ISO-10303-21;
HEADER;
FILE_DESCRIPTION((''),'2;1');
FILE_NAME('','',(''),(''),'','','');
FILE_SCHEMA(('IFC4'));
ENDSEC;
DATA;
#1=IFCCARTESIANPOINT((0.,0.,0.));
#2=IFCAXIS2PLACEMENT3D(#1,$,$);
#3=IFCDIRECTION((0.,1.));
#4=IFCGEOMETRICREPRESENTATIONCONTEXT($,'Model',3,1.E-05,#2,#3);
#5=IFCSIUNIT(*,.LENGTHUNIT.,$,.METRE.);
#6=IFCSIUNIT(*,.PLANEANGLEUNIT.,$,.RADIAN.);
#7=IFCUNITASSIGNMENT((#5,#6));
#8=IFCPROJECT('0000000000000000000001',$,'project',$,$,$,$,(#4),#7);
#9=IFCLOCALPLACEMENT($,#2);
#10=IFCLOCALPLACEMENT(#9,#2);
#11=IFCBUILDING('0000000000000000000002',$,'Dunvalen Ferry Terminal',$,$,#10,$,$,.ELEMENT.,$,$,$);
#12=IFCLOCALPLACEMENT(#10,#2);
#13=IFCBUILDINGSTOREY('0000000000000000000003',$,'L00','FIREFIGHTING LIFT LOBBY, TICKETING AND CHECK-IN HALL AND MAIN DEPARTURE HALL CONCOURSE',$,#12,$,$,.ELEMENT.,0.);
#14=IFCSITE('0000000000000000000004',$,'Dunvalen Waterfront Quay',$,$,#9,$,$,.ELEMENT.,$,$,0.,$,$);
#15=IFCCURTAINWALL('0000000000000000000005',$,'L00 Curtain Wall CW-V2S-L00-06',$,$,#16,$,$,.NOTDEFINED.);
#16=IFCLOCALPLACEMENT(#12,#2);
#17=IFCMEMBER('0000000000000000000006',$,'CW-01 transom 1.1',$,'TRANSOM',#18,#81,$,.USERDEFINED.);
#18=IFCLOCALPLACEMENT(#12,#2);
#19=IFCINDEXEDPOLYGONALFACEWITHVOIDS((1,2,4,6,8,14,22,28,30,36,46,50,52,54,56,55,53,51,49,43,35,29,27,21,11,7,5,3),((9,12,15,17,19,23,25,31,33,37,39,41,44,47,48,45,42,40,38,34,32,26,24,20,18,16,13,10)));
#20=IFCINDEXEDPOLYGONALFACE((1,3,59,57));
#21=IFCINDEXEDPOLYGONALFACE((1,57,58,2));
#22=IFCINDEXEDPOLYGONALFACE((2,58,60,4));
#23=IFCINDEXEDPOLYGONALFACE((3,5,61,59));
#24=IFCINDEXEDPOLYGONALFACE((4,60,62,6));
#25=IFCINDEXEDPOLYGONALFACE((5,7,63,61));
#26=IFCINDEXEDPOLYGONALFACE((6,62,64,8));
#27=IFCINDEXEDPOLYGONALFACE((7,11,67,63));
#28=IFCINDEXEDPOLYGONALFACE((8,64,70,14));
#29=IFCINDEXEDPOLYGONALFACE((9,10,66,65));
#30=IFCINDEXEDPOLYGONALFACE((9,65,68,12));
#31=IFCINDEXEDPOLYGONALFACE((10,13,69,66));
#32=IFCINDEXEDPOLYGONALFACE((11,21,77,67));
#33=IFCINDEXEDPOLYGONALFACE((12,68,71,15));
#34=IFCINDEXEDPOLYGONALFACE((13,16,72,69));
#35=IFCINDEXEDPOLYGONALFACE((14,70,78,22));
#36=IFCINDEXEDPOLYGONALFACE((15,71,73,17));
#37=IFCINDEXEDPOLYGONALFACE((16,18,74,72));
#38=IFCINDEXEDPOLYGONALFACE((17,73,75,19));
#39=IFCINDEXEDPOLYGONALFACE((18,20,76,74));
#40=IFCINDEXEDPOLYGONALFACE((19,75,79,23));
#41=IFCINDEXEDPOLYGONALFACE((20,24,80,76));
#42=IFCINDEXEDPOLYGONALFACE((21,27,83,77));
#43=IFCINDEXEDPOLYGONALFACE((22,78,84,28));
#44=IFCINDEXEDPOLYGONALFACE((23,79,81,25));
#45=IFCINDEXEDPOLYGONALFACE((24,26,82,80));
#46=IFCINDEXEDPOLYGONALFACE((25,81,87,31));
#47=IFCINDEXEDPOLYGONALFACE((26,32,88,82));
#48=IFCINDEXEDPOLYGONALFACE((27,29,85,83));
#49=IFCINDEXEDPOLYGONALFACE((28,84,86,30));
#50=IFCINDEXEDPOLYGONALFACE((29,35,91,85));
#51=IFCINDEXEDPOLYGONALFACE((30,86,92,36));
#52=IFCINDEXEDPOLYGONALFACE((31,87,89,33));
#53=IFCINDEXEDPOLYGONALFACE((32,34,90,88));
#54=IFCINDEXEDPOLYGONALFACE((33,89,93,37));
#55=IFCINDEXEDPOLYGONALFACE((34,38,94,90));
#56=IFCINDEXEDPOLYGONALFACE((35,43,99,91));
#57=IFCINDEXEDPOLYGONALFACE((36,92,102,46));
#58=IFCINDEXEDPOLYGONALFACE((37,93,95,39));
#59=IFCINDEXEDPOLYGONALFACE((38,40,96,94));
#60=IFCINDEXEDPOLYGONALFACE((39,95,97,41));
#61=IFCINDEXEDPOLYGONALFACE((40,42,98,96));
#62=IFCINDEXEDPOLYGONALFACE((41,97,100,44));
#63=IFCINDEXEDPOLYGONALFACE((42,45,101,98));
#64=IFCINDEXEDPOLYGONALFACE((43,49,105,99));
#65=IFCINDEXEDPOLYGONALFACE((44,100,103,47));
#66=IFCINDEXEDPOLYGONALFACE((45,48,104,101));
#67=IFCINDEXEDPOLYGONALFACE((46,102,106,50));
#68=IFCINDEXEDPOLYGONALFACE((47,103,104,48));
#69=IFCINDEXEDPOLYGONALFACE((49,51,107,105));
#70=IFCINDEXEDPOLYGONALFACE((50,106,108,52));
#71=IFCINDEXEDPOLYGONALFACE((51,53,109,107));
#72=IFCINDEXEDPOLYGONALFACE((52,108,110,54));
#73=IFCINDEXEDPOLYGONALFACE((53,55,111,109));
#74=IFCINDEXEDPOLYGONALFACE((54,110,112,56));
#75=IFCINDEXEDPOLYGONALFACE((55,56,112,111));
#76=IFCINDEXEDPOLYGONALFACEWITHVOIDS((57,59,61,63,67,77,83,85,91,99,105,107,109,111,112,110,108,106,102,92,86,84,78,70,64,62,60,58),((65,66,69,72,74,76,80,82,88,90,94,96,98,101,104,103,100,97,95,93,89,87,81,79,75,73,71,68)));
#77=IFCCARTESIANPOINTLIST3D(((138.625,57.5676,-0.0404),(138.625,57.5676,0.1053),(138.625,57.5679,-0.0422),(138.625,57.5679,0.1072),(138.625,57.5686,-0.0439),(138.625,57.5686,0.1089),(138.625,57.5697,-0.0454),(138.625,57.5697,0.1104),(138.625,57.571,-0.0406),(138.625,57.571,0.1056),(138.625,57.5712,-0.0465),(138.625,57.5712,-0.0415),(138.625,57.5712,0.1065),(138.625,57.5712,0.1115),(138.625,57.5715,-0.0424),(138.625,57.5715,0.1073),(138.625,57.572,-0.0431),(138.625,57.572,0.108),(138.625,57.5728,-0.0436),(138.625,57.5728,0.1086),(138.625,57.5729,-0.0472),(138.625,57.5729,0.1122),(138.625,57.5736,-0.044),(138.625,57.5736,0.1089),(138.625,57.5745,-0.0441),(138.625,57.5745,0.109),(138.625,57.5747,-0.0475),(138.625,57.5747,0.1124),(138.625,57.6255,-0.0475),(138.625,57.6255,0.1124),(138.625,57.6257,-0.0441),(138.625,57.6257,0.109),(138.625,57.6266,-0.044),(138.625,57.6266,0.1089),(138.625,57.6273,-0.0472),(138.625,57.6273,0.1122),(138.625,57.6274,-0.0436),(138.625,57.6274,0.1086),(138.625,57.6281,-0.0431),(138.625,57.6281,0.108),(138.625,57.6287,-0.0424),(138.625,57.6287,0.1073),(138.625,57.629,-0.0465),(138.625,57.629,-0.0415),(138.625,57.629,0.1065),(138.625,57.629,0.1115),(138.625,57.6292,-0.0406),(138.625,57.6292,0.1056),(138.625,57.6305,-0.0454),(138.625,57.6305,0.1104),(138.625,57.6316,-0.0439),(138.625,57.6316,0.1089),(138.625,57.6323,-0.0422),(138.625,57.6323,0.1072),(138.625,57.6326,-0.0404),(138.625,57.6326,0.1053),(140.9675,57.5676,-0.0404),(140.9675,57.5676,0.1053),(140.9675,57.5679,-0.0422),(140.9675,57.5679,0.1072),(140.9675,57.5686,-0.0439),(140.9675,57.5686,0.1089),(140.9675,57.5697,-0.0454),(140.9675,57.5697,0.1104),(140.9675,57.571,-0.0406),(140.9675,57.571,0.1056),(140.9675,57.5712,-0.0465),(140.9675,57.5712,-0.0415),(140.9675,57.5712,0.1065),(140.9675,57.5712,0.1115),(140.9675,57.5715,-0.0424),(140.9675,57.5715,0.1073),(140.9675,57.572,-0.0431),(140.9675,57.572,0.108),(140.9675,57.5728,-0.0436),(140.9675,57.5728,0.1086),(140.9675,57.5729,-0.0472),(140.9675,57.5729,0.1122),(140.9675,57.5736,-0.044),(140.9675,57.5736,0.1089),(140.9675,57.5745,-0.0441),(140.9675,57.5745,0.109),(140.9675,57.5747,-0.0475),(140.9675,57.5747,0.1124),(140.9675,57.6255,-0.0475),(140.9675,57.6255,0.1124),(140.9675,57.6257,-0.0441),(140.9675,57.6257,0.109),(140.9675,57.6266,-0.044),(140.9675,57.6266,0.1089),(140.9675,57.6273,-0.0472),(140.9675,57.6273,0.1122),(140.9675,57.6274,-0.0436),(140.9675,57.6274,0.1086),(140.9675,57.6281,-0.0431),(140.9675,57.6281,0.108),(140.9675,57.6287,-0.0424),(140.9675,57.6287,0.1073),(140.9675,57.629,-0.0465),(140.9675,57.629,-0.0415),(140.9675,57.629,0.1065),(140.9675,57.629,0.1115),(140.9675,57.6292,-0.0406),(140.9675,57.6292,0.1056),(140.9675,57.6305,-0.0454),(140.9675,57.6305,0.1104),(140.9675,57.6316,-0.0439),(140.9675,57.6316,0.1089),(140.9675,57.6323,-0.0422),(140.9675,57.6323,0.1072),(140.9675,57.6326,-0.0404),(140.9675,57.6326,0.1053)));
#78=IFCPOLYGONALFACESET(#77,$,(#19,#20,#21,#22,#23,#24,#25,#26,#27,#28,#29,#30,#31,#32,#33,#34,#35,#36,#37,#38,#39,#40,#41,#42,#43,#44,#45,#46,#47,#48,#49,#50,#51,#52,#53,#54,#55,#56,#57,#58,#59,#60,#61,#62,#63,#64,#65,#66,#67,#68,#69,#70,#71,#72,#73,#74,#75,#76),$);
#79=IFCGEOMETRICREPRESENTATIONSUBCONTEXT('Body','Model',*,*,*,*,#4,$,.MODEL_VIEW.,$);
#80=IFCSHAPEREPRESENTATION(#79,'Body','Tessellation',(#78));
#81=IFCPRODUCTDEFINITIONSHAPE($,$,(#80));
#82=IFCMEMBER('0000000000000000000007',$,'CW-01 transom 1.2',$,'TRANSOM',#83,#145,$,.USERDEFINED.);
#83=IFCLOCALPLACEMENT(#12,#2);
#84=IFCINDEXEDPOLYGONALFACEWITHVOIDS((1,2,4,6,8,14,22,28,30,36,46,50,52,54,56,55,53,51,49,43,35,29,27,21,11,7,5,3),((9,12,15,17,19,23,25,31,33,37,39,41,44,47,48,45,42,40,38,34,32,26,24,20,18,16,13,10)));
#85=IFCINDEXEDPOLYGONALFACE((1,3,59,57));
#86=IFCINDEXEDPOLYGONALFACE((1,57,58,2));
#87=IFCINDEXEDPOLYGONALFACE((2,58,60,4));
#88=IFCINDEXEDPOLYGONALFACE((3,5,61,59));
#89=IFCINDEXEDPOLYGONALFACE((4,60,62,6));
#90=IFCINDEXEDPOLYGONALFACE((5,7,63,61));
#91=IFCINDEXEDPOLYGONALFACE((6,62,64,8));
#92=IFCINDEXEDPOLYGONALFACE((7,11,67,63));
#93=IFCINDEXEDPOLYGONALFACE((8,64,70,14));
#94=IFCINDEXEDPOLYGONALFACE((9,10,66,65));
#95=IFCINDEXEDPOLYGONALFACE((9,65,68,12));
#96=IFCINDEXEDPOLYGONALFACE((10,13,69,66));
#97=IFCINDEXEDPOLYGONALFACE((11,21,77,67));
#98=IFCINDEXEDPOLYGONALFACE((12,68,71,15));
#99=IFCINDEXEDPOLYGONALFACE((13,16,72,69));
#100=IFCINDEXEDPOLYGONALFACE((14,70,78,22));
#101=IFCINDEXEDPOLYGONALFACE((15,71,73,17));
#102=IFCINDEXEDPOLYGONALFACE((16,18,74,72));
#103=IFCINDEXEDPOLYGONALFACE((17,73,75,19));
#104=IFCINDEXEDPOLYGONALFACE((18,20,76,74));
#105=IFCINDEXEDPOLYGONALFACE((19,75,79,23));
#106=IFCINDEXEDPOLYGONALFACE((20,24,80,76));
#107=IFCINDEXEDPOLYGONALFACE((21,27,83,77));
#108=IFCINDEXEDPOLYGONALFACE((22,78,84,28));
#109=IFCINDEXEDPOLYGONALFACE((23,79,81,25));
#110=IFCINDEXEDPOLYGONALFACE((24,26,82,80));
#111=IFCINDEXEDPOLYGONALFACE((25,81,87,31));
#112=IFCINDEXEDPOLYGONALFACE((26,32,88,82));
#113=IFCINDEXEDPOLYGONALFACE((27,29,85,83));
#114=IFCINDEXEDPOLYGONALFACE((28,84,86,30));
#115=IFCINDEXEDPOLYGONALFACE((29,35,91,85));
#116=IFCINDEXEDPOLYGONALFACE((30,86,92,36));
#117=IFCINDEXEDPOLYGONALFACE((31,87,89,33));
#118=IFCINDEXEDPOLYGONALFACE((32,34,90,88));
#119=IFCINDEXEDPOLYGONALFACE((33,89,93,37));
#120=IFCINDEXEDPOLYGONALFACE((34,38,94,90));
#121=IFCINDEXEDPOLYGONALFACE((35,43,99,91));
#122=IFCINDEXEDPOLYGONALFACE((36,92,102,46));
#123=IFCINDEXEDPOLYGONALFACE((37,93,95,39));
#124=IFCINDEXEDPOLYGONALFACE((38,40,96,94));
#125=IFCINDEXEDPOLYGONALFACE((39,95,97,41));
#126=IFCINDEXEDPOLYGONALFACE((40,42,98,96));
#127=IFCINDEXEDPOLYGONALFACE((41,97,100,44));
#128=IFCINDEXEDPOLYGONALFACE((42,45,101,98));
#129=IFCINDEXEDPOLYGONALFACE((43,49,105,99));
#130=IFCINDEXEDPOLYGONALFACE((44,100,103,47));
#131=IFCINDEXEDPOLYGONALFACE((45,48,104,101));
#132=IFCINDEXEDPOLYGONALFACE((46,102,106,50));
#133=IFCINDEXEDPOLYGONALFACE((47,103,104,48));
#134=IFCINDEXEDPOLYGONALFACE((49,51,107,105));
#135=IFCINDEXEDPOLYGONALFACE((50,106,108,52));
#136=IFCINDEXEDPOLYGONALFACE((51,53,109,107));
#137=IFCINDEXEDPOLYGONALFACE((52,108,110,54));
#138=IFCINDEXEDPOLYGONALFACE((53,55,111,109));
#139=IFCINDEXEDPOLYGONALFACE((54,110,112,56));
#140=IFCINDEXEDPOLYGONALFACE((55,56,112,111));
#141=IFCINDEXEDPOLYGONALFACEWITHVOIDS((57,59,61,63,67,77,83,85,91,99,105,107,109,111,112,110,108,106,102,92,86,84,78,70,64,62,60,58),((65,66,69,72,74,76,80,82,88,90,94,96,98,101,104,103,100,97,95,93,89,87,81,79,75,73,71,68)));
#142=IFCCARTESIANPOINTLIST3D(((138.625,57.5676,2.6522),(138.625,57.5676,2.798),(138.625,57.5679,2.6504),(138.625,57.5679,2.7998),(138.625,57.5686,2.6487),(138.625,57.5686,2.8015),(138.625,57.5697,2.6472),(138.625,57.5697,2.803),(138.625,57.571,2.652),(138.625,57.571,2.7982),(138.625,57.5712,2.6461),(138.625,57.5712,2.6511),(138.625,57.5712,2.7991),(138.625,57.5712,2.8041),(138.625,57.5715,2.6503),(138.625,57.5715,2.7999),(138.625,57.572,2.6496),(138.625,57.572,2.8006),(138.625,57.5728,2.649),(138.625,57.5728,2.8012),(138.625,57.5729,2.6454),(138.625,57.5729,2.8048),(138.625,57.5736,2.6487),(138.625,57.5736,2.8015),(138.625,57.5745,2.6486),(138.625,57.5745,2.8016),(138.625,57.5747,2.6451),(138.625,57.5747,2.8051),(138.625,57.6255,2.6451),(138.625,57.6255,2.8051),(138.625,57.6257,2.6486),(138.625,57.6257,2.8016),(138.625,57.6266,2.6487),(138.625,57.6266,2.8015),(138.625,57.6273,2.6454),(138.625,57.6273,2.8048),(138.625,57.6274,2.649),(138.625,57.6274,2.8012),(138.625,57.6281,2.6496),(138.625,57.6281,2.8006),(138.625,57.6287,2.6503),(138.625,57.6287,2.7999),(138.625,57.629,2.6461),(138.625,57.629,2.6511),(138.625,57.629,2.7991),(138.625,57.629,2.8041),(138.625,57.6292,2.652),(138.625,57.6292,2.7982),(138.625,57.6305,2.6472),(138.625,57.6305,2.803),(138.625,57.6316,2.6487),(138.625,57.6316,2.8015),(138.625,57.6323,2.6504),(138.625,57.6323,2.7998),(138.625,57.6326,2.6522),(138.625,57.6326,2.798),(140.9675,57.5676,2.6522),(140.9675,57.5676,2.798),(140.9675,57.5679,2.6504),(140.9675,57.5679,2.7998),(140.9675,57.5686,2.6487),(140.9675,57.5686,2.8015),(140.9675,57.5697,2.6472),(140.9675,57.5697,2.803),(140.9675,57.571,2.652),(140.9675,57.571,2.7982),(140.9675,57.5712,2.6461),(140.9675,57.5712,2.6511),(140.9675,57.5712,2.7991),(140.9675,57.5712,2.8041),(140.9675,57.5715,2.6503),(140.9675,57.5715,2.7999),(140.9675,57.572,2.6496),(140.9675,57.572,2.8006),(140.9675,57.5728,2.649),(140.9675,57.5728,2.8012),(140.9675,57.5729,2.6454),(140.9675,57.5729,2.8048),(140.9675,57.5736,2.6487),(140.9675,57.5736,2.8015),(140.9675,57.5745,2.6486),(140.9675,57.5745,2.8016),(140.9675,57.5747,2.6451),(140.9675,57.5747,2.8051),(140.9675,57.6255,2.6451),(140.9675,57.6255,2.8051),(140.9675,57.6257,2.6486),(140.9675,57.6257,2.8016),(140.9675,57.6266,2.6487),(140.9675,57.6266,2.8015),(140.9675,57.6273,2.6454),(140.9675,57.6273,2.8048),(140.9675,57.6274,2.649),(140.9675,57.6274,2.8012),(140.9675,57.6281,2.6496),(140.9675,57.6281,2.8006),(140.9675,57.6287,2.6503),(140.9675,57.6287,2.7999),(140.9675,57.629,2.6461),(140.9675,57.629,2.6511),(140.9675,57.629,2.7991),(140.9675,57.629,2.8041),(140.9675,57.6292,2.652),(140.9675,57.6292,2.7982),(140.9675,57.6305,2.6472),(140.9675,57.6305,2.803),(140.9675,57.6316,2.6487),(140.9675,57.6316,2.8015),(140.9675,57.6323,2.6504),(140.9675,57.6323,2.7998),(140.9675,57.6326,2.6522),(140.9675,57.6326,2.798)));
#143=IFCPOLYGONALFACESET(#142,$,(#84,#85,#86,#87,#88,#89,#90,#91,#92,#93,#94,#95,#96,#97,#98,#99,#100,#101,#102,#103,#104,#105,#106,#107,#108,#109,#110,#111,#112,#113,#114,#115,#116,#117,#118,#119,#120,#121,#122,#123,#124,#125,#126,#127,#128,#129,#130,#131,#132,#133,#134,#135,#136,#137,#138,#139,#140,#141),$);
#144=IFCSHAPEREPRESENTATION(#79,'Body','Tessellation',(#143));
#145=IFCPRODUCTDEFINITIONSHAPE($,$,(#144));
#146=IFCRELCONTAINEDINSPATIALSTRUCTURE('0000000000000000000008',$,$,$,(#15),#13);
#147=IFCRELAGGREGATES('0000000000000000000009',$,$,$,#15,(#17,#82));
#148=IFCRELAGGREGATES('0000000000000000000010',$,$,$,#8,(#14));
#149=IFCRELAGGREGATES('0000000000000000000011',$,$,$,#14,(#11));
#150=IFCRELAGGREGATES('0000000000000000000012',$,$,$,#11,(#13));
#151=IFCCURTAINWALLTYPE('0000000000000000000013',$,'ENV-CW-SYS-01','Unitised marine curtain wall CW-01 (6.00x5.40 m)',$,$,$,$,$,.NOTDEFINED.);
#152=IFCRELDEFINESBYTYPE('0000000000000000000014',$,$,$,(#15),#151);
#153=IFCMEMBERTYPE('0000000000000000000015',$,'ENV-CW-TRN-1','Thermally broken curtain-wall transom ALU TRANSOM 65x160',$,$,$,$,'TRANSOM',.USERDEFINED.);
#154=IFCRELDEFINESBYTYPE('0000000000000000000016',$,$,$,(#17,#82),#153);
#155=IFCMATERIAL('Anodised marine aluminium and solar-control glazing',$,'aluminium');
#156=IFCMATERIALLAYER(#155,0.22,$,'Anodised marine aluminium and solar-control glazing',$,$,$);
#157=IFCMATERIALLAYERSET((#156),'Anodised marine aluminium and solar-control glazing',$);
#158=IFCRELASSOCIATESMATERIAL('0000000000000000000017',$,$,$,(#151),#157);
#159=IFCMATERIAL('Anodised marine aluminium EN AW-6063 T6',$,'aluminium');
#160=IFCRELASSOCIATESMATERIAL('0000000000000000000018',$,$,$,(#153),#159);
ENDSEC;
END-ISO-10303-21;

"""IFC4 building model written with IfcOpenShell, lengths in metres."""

from ifc_helpers import new_model, si_unit, direction, frame, origin, origin_2d, place, context, subcontext, project, spatial, hollow_rectangle, extrude, material, layer, layer_set, material_profile, profile_set, type_object, element, aggregate, save


model = new_model("IFC4")

# Units and contexts
model_context = context("Model", 3, precision=1e-05, world=origin(), true_north=direction((0.0, 1.0)))
body_context = subcontext(model_context, "Body", "Model", "MODEL_VIEW")
ifc_project = project(units=[si_unit("LENGTHUNIT", "METRE"), si_unit("PLANEANGLEUNIT", "RADIAN")], contexts=[model_context])

# Site, building, storey
site_placement = place(None, origin())
site = spatial("IfcSite", under=ifc_project, at=site_placement, Name="Dunvalen Waterfront Quay", CompositionType="ELEMENT", RefElevation=0.0)
building_placement = place(site_placement, origin())
building = spatial("IfcBuilding", under=site, at=building_placement, Name="Dunvalen Ferry Terminal", CompositionType="ELEMENT")
storey_placement = place(building_placement, origin())
storey = spatial("IfcBuildingStorey", under=building, at=storey_placement, Name="L00", Description="FIREFIGHTING LIFT LOBBY, TICKETING AND CHECK-IN HALL AND MAIN DEPARTURE HALL CONCOURSE", CompositionType="ELEMENT", Elevation=0.0)

# Shared definitions
ifc_material_1 = material(Name="Anodised marine aluminium and solar-control glazing", Category="aluminium")
ifc_layer_1 = layer(ifc_material_1, 0.22, Name="Anodised marine aluminium and solar-control glazing")
ifc_layer_set_1 = layer_set([ifc_layer_1], Name="Anodised marine aluminium and solar-control glazing")
curtain_wall_type = type_object("IfcCurtainWallType", Name="ENV-CW-SYS-01", Description="Unitised marine curtain wall CW-01 (6.00x5.40 m)", PredefinedType="NOTDEFINED", material=ifc_layer_set_1)
ifc_material_2 = material(Name="Anodised marine aluminium EN AW-6063 T6", Category="aluminium")

# Curtain wall, members
curtain_wall_1_placement = place(storey_placement, origin())
curtain_wall_1 = element("IfcCurtainWall", 1, at=curtain_wall_1_placement, inside=storey, type_object=curtain_wall_type, Name="L00 Curtain Wall CW-V2S-L00-06", PredefinedType="NOTDEFINED")
ifc_material_profile_1 = material_profile(ifc_material_2, hollow_rectangle(XDim=0.0649, YDim=0.1599, WallThickness=0.0034, InnerFilletRadius=0.0034, OuterFilletRadius=0.0071, at=origin_2d()), Name="Anodised marine aluminium EN AW-6063 T6")
ifc_profile_set_1 = profile_set([ifc_material_profile_1], Name="Anodised marine aluminium EN AW-6063 T6")
member_type_1 = type_object("IfcMemberType", Name="ENV-CW-TRN-1", Description="Thermally broken curtain-wall transom ALU TRANSOM 65x160", ElementType="TRANSOM", PredefinedType="USERDEFINED", material=ifc_profile_set_1)
member_1_placement = place(storey_placement, frame((138.625, 57.6001, 0.0325), z_axis=(1.0, 0.0, 0.0), x_axis=(0.0, 1.0, 0.0)))
member_1 = element("IfcMember", 2, at=member_1_placement, type_object=member_type_1, Name="CW-01 transom 1.1", ObjectType="TRANSOM", PredefinedType="USERDEFINED", context=body_context, shape_type="SweptSolid", body=[
    extrude(hollow_rectangle(XDim=0.0649, YDim=0.1599, WallThickness=0.0034, InnerFilletRadius=0.0034, OuterFilletRadius=0.0071, at=origin_2d()), origin(), (0.0, 0.0, 1.0), 2.3425),
])
member_2_placement = place(storey_placement, frame((138.625, 57.6001, 2.7251), z_axis=(1.0, 0.0, 0.0), x_axis=(0.0, 1.0, 0.0)))
member_2 = element("IfcMember", 3, at=member_2_placement, type_object=member_type_1, Name="CW-01 transom 1.2", ObjectType="TRANSOM", PredefinedType="USERDEFINED", context=body_context, shape_type="SweptSolid", body=[
    extrude(hollow_rectangle(XDim=0.0649, YDim=0.1599, WallThickness=0.0034, InnerFilletRadius=0.0034, OuterFilletRadius=0.0071, at=origin_2d()), origin(), (0.0, 0.0, 1.0), 2.3425),
])
aggregate(curtain_wall_1, [member_1, member_2])

save(model, "model.ifc")
